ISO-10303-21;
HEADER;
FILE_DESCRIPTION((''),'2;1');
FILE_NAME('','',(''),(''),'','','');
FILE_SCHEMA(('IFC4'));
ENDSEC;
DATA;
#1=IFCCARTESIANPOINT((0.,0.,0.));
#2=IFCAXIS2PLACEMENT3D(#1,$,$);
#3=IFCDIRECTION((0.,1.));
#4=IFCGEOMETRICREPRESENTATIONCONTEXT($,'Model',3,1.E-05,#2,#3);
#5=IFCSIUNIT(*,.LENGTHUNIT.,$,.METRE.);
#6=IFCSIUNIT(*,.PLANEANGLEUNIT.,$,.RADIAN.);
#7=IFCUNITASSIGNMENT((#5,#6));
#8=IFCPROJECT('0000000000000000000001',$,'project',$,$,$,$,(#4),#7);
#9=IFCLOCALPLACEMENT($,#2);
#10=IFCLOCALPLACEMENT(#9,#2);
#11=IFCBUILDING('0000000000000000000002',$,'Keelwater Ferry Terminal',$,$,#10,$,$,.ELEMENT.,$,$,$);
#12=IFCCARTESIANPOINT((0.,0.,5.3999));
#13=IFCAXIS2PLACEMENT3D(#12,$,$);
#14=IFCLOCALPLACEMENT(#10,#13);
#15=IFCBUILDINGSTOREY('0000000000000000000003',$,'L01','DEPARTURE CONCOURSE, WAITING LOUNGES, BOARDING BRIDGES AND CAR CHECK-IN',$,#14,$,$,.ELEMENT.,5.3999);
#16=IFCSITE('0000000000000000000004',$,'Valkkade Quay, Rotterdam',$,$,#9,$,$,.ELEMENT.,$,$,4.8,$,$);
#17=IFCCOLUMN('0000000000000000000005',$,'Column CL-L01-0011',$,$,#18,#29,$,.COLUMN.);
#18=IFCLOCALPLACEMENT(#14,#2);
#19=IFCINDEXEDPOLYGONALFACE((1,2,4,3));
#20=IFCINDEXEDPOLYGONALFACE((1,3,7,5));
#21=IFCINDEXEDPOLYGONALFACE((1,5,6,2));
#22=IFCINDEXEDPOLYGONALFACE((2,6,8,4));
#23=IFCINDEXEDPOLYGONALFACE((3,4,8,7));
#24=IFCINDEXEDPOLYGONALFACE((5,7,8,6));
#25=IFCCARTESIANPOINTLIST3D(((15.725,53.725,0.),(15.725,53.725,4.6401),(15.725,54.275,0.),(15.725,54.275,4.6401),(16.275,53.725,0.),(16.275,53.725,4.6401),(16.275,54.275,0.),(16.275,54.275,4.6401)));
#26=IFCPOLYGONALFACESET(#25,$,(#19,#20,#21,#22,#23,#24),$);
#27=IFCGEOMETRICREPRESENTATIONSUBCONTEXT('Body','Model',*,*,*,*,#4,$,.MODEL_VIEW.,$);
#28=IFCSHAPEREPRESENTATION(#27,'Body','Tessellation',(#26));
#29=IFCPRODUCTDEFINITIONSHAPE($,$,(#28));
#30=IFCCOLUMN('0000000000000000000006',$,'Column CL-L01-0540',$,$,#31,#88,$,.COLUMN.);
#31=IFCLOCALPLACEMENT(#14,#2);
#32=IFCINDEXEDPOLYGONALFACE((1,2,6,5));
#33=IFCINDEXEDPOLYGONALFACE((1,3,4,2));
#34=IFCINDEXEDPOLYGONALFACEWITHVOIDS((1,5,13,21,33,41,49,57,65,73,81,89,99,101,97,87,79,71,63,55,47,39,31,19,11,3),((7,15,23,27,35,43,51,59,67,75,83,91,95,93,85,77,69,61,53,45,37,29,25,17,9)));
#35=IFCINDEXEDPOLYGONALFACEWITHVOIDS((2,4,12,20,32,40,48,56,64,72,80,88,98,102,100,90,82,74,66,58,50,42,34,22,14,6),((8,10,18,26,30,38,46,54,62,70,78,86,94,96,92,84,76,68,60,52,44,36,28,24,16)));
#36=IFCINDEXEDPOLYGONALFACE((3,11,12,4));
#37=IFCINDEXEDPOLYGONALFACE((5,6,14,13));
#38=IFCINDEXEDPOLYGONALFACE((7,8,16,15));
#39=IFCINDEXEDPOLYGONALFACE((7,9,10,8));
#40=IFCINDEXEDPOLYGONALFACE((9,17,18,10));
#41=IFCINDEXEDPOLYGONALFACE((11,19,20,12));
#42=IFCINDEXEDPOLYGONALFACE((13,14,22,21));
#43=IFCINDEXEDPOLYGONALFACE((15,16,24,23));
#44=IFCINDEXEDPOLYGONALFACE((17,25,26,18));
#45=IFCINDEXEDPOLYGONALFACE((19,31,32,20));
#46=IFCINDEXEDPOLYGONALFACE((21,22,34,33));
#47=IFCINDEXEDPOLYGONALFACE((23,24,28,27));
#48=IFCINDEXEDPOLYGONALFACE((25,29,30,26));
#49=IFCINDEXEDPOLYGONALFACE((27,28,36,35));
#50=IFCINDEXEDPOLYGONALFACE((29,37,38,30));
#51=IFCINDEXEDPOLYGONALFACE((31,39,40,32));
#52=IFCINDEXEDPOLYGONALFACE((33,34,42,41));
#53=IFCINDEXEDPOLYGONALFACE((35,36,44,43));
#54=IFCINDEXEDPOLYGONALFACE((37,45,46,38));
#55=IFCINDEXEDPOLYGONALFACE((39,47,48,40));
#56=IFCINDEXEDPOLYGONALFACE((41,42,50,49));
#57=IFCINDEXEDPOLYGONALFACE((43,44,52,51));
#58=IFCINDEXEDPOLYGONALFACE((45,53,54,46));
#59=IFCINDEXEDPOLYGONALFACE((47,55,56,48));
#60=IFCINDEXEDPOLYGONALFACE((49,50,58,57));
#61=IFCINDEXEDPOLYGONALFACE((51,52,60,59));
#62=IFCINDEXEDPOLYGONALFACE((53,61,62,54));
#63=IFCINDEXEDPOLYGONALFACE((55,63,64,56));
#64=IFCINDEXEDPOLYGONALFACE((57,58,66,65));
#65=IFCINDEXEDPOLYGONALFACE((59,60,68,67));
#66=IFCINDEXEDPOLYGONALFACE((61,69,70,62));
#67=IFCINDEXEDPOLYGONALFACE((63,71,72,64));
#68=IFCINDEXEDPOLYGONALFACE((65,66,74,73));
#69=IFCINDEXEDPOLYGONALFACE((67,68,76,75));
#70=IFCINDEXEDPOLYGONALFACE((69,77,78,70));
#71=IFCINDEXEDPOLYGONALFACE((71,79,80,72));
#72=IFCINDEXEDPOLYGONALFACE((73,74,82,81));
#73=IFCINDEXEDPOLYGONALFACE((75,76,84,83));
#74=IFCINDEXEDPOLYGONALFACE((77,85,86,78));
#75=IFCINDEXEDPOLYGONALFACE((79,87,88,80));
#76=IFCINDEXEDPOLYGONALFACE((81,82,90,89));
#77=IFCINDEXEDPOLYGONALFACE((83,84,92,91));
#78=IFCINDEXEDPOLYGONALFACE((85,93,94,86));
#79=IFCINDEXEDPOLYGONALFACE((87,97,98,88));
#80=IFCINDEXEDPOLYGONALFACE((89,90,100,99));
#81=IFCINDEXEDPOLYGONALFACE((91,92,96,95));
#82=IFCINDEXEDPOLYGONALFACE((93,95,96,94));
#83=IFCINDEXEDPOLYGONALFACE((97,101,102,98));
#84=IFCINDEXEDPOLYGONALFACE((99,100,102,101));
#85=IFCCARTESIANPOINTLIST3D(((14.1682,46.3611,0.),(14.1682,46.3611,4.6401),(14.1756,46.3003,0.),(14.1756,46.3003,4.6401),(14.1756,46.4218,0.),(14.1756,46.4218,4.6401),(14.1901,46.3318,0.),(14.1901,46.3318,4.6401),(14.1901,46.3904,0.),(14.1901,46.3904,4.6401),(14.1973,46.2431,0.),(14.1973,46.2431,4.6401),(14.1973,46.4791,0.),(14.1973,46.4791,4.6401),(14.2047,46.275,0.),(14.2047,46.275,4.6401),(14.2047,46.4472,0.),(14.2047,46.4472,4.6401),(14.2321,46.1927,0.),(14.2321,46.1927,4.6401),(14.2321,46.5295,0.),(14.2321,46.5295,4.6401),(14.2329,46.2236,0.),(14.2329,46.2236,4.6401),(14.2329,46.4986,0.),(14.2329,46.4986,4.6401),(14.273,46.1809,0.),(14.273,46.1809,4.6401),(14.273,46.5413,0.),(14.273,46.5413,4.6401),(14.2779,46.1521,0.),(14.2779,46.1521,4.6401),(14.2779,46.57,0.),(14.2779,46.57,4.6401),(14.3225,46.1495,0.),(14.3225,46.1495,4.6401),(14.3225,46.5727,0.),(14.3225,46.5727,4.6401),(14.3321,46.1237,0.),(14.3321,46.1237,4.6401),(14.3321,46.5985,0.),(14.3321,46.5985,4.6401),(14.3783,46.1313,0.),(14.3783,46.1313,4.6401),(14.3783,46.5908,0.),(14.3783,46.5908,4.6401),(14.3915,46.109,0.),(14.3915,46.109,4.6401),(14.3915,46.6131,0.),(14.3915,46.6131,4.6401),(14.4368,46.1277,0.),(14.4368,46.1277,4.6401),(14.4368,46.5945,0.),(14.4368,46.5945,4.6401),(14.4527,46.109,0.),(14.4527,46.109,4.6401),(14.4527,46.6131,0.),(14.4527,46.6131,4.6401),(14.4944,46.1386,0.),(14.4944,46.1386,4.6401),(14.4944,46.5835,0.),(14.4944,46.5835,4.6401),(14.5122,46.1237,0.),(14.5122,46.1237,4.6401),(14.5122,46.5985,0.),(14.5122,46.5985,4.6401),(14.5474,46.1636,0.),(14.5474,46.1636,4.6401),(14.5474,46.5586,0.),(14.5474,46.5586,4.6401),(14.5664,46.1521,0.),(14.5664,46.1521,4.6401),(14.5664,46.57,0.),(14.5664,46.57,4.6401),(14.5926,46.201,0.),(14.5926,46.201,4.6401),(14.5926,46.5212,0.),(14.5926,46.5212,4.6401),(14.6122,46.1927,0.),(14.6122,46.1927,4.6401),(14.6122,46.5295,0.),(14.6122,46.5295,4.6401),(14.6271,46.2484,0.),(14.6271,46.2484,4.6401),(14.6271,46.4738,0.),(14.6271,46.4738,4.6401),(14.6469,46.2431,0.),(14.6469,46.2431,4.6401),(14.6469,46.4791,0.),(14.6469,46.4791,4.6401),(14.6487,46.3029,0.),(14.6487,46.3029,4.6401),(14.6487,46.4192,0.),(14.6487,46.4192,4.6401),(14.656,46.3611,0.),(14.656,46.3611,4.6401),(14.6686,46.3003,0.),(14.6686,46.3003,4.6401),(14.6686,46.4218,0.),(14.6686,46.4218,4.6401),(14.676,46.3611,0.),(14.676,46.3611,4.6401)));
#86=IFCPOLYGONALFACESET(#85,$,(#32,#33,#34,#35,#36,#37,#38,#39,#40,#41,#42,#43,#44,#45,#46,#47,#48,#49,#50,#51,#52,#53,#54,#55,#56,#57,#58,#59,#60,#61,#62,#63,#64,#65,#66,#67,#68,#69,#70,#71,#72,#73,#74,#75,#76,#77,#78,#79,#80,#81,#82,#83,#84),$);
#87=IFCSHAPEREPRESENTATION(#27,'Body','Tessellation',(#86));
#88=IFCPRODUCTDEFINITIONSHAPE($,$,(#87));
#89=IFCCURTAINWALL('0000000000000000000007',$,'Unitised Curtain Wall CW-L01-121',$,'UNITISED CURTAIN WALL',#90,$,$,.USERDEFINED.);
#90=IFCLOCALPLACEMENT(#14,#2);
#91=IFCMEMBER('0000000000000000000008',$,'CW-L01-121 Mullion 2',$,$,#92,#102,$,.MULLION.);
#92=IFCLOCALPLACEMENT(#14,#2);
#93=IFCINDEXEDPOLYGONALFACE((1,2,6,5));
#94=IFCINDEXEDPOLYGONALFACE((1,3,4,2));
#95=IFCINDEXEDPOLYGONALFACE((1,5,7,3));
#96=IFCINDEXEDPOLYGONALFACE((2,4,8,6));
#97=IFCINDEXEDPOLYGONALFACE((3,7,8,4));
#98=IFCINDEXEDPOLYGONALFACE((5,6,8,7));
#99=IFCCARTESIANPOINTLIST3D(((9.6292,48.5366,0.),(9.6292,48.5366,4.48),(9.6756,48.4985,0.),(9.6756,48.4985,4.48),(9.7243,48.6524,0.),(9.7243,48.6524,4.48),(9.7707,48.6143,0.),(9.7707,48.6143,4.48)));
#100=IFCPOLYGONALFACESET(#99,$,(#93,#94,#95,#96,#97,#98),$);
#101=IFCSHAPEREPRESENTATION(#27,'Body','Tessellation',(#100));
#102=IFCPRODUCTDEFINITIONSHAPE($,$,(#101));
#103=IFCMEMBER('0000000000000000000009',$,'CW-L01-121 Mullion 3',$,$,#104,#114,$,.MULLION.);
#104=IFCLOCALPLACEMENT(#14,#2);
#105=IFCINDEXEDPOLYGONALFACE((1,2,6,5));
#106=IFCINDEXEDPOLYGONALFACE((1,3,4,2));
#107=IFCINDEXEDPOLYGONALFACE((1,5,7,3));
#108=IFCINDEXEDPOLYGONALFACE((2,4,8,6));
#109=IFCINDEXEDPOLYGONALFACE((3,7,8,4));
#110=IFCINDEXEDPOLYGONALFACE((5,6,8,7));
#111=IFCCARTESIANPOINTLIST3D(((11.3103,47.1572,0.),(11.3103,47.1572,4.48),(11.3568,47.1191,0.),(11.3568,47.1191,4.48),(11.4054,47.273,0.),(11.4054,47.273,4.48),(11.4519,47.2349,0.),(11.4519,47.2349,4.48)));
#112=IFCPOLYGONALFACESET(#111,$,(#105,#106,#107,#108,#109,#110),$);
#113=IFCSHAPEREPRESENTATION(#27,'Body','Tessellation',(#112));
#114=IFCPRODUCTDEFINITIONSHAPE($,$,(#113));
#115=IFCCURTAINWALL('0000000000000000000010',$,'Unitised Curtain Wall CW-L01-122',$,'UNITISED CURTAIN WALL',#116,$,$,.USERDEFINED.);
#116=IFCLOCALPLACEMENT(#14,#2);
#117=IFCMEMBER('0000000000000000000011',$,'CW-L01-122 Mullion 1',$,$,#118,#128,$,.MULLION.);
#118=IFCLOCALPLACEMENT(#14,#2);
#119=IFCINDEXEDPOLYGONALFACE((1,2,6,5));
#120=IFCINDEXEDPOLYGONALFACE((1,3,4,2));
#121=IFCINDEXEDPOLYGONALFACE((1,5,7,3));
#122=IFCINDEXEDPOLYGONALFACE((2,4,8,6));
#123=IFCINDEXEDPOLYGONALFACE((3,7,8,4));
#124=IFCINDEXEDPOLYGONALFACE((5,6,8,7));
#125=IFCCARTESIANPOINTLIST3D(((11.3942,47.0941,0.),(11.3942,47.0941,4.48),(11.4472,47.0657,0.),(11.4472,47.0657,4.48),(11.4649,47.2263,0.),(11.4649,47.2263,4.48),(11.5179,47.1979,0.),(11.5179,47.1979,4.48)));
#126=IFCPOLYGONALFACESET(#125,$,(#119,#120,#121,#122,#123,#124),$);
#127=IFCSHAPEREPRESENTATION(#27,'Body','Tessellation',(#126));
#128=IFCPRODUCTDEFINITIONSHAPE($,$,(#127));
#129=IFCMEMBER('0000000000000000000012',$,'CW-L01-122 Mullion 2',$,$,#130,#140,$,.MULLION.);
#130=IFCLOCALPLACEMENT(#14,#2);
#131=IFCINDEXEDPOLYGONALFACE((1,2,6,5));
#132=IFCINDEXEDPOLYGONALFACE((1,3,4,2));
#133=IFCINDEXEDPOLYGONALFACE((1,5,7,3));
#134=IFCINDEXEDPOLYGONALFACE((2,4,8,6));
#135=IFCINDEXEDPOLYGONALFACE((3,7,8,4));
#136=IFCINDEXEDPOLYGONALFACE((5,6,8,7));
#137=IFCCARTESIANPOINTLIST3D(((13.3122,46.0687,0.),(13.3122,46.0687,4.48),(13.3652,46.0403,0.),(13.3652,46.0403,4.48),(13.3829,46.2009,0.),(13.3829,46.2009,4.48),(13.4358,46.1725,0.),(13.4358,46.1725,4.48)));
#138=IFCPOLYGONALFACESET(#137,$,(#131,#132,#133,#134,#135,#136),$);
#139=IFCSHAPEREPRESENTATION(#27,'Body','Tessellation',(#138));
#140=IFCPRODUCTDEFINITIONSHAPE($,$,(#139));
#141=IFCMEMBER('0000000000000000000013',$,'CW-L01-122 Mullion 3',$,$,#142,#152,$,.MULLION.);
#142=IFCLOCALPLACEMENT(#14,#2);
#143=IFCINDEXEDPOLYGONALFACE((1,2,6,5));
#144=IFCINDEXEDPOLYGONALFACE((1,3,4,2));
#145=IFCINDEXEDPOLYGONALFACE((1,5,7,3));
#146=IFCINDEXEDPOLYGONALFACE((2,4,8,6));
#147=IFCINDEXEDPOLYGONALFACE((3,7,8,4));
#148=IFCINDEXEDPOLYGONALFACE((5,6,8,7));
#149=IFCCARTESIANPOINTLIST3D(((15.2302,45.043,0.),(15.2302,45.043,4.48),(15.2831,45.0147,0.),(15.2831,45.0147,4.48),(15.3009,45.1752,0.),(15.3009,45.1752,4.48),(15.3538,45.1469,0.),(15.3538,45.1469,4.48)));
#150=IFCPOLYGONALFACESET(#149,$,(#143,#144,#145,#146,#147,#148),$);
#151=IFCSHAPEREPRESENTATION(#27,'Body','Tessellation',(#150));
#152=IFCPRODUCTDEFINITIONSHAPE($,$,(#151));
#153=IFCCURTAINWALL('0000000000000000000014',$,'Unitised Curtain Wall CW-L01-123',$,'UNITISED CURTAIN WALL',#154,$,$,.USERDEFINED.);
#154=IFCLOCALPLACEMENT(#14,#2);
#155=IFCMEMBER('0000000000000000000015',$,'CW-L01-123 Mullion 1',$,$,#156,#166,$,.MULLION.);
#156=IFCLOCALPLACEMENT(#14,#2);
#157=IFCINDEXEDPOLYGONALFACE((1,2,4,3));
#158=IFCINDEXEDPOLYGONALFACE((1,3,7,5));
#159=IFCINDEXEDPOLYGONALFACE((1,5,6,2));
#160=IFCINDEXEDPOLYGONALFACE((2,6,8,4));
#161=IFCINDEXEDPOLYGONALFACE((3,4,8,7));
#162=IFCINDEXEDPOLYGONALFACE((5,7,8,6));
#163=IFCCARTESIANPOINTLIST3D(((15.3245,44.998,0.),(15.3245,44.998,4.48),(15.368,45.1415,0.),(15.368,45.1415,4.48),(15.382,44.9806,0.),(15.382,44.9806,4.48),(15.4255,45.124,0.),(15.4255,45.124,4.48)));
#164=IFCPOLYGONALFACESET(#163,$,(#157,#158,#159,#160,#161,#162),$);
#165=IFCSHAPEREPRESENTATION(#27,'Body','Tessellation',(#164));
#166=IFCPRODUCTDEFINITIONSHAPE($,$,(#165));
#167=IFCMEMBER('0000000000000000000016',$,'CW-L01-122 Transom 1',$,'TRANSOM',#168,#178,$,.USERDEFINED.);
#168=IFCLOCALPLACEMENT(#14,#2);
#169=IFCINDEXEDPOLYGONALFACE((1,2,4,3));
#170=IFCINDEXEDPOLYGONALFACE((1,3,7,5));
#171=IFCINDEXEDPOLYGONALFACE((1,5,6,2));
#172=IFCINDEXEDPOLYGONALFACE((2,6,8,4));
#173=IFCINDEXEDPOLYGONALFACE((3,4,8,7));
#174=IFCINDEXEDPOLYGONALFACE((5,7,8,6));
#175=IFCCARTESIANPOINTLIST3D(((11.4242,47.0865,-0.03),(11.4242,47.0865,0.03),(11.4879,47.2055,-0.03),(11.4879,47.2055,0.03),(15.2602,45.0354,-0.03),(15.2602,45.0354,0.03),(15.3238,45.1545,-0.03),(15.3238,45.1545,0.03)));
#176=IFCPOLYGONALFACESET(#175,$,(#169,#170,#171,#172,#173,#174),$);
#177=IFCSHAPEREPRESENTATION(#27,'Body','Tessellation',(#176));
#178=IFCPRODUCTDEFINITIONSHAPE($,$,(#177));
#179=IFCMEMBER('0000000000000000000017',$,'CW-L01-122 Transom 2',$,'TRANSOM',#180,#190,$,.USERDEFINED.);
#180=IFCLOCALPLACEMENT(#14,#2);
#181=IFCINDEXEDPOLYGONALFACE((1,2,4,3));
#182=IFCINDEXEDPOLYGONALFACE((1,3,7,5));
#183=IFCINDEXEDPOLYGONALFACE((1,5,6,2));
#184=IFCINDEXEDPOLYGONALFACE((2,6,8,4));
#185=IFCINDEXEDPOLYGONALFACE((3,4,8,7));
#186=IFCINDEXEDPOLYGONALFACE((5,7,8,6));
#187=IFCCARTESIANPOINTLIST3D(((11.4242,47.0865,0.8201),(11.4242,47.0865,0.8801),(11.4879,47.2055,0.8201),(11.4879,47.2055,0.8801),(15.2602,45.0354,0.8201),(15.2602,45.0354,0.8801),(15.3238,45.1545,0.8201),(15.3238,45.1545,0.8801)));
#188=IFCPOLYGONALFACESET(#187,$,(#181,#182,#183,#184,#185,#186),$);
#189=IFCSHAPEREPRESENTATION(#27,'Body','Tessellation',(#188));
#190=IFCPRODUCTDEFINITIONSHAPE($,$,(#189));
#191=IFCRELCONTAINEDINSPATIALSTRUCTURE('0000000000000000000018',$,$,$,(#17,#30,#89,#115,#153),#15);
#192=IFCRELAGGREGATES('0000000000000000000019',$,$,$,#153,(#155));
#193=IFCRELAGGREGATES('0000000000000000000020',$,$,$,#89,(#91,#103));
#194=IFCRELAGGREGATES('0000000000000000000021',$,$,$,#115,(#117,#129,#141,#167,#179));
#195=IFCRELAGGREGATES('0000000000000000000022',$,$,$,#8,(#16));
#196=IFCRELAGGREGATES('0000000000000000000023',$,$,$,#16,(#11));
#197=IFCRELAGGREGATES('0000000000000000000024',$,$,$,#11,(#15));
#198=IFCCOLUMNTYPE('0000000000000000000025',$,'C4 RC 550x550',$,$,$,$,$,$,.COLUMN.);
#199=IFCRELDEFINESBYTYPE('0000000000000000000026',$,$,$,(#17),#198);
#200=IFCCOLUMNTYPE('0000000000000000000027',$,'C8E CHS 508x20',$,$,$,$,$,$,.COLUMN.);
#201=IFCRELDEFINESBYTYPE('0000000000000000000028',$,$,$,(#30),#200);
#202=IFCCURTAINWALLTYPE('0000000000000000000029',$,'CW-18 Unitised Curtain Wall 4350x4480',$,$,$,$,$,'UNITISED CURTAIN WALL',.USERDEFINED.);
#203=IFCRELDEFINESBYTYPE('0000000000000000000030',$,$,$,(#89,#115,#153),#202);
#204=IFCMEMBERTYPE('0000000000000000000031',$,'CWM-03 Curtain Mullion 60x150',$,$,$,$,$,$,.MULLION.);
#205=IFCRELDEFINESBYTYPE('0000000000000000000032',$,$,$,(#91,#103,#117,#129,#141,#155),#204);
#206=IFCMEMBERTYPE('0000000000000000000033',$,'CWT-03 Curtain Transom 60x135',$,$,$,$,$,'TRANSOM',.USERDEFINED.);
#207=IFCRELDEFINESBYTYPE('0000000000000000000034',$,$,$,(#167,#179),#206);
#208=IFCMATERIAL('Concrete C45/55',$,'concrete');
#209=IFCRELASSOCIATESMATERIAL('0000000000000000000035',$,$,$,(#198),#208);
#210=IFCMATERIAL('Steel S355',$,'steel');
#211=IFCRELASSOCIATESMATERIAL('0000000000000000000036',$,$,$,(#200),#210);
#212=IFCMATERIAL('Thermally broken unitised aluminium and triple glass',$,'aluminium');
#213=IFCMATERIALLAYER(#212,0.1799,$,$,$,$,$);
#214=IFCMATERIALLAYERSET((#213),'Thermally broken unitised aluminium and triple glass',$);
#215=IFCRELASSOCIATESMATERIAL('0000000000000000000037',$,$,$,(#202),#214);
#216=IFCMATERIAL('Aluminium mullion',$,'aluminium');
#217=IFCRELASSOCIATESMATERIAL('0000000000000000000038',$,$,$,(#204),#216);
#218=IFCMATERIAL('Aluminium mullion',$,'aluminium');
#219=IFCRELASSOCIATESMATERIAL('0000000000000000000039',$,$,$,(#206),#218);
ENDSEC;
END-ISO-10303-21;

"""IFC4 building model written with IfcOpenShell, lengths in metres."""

from ifc_helpers import new_model, si_unit, direction, frame, origin, origin_2d, place, context, subcontext, project, spatial, rectangle, hollow_circle, extrude, material, layer, layer_set, material_profile, profile_set, type_object, element, aggregate, save


model = new_model("IFC4")

# Units and contexts
model_context = context("Model", 3, precision=1e-05, world=origin(), true_north=direction((0.0, 1.0)))
body_context = subcontext(model_context, "Body", "Model", "MODEL_VIEW")
ifc_project = project(units=[si_unit("LENGTHUNIT", "METRE"), si_unit("PLANEANGLEUNIT", "RADIAN")], contexts=[model_context])

# Site, building, storey
site_placement = place(None, origin())
site = spatial("IfcSite", under=ifc_project, at=site_placement, Name="Valkkade Quay, Rotterdam", CompositionType="ELEMENT", RefElevation=4.8)
building_placement = place(site_placement, origin())
building = spatial("IfcBuilding", under=site, at=building_placement, Name="Keelwater Ferry Terminal", CompositionType="ELEMENT")
storey_placement = place(building_placement, frame((0.0, 0.0, 5.3999)))
storey = spatial("IfcBuildingStorey", under=building, at=storey_placement, Name="L01", Description="DEPARTURE CONCOURSE, WAITING LOUNGES, BOARDING BRIDGES AND CAR CHECK-IN", CompositionType="ELEMENT", Elevation=5.3999)

# Columns
ifc_material_1 = material(Name="Concrete C45/55", Category="concrete")
ifc_material_profile_1 = material_profile(ifc_material_1, rectangle(XDim=0.55, YDim=0.55, at=origin_2d()), Name="RC 550x550")
ifc_profile_set_1 = profile_set([ifc_material_profile_1], Name="Concrete C45/55")
column_type_1 = type_object("IfcColumnType", Name="C4 RC 550x550", PredefinedType="COLUMN", material=ifc_profile_set_1)
column_1_placement = place(storey_placement, frame((16.0, 54.0, 0.0), z_axis=(0.0, 0.0, 1.0), x_axis=(1.0, 0.0, 0.0)))
element("IfcColumn", 1, at=column_1_placement, inside=storey, type_object=column_type_1, Name="Column CL-L01-0011", PredefinedType="COLUMN", context=body_context, shape_type="SweptSolid", body=[
    extrude(rectangle(XDim=0.55, YDim=0.55, at=origin_2d()), origin(), (0.0, 0.0, 1.0), 4.6401),
])
ifc_material_2 = material(Name="Steel S355", Category="steel")
ifc_material_profile_2 = material_profile(ifc_material_2, hollow_circle(Radius=0.2539, WallThickness=0.02, at=origin_2d()), Name="CHS 508x20")
ifc_profile_set_2 = profile_set([ifc_material_profile_2], Name="Steel S355")
column_type_2 = type_object("IfcColumnType", Name="C8E CHS 508x20", PredefinedType="COLUMN", material=ifc_profile_set_2)
column_2_placement = place(storey_placement, frame((14.4221, 46.3611, 0.0), z_axis=(0.0, 0.0, 1.0), x_axis=(1.0, 0.0, 0.0)))
element("IfcColumn", 2, at=column_2_placement, inside=storey, type_object=column_type_2, Name="Column CL-L01-0540", PredefinedType="COLUMN", context=body_context, shape_type="SweptSolid", body=[
    extrude(hollow_circle(Radius=0.2539, WallThickness=0.02, at=origin_2d()), origin(), (0.0, 0.0, 1.0), 4.6401),
])

# Curtain walls, members
ifc_material_3 = material(Name="Thermally broken unitised aluminium and triple glass", Category="aluminium")
ifc_layer_1 = layer(ifc_material_3, 0.1799)
ifc_layer_set_1 = layer_set([ifc_layer_1], Name="Thermally broken unitised aluminium and triple glass")
curtain_wall_type = type_object("IfcCurtainWallType", Name="CW-18 Unitised Curtain Wall 4350x4480", ElementType="UNITISED CURTAIN WALL", PredefinedType="USERDEFINED", material=ifc_layer_set_1)
curtain_wall_1_placement = place(storey_placement, origin())
curtain_wall_1 = element("IfcCurtainWall", 3, at=curtain_wall_1_placement, inside=storey, type_object=curtain_wall_type, Name="Unitised Curtain Wall CW-L01-121", ObjectType="UNITISED CURTAIN WALL", PredefinedType="USERDEFINED")
ifc_material_4 = material(Name="Aluminium mullion", Category="aluminium")
ifc_material_profile_3 = material_profile(ifc_material_4, rectangle(XDim=0.0601, YDim=0.1499, at=origin_2d()), Name="CWM-03")
ifc_profile_set_3 = profile_set([ifc_material_profile_3], Name="Aluminium mullion")
member_type_1 = type_object("IfcMemberType", Name="CWM-03 Curtain Mullion 60x150", PredefinedType="MULLION", material=ifc_profile_set_3)
member_1_placement = place(storey_placement, frame((9.7, 48.5754, 0.0), z_axis=(0.0, 0.0, 1.0), x_axis=(0.773024, -0.634377, 0.0)))
member_1 = element("IfcMember", 4, at=member_1_placement, type_object=member_type_1, Name="CW-L01-121 Mullion 2", PredefinedType="MULLION", context=body_context, shape_type="SweptSolid", body=[
    extrude(rectangle(XDim=0.0601, YDim=0.1499, at=origin_2d()), origin(), (0.0, 0.0, 1.0), 4.48),
])
member_2_placement = place(storey_placement, frame((11.3811, 47.196, 0.0), z_axis=(0.0, 0.0, 1.0), x_axis=(0.773024, -0.634377, 0.0)))
member_2 = element("IfcMember", 5, at=member_2_placement, type_object=member_type_1, Name="CW-L01-121 Mullion 3", PredefinedType="MULLION", context=body_context, shape_type="SweptSolid", body=[
    extrude(rectangle(XDim=0.0601, YDim=0.1499, at=origin_2d()), origin(), (0.0, 0.0, 1.0), 4.48),
])
curtain_wall_2_placement = place(storey_placement, origin())
curtain_wall_2 = element("IfcCurtainWall", 6, at=curtain_wall_2_placement, inside=storey, type_object=curtain_wall_type, Name="Unitised Curtain Wall CW-L01-122", ObjectType="UNITISED CURTAIN WALL", PredefinedType="USERDEFINED")
member_3_placement = place(storey_placement, frame((11.4561, 47.146, 0.0), z_axis=(0.0, 0.0, 1.0), x_axis=(0.881862, -0.471507, 0.0)))
member_3 = element("IfcMember", 7, at=member_3_placement, type_object=member_type_1, Name="CW-L01-122 Mullion 1", PredefinedType="MULLION", context=body_context, shape_type="SweptSolid", body=[
    extrude(rectangle(XDim=0.0601, YDim=0.1499, at=origin_2d()), origin(), (0.0, 0.0, 1.0), 4.48),
])
member_4_placement = place(storey_placement, frame((13.374, 46.1206, 0.0), z_axis=(0.0, 0.0, 1.0), x_axis=(0.881862, -0.471507, 0.0)))
member_4 = element("IfcMember", 8, at=member_4_placement, type_object=member_type_1, Name="CW-L01-122 Mullion 2", PredefinedType="MULLION", context=body_context, shape_type="SweptSolid", body=[
    extrude(rectangle(XDim=0.0601, YDim=0.1499, at=origin_2d()), origin(), (0.0, 0.0, 1.0), 4.48),
])
member_5_placement = place(storey_placement, frame((15.292, 45.095, 0.0), z_axis=(0.0, 0.0, 1.0), x_axis=(0.881862, -0.471507, 0.0)))
member_5 = element("IfcMember", 9, at=member_5_placement, type_object=member_type_1, Name="CW-L01-122 Mullion 3", PredefinedType="MULLION", context=body_context, shape_type="SweptSolid", body=[
    extrude(rectangle(XDim=0.0601, YDim=0.1499, at=origin_2d()), origin(), (0.0, 0.0, 1.0), 4.48),
])

# Curtain wall, member
curtain_wall_3_placement = place(storey_placement, origin())
curtain_wall_3 = element("IfcCurtainWall", 10, at=curtain_wall_3_placement, inside=storey, type_object=curtain_wall_type, Name="Unitised Curtain Wall CW-L01-123", ObjectType="UNITISED CURTAIN WALL", PredefinedType="USERDEFINED")
member_6_placement = place(storey_placement, frame((15.375, 45.061, 0.0), z_axis=(0.0, 0.0, 1.0), x_axis=(0.95693, -0.29032, 0.0)))
member_6 = element("IfcMember", 11, at=member_6_placement, type_object=member_type_1, Name="CW-L01-123 Mullion 1", PredefinedType="MULLION", context=body_context, shape_type="SweptSolid", body=[
    extrude(rectangle(XDim=0.0601, YDim=0.1499, at=origin_2d()), origin(), (0.0, 0.0, 1.0), 4.48),
])

# Members
ifc_material_5 = material(Name="Aluminium mullion", Category="aluminium")
ifc_material_profile_4 = material_profile(ifc_material_5, rectangle(XDim=0.135, YDim=0.0601, at=origin_2d()), Name="CWT-03")
ifc_profile_set_4 = profile_set([ifc_material_profile_4], Name="Aluminium mullion")
member_type_2 = type_object("IfcMemberType", Name="CWT-03 Curtain Transom 60x135", ElementType="TRANSOM", PredefinedType="USERDEFINED", material=ifc_profile_set_4)
member_7_placement = place(storey_placement, frame((11.4561, 47.146, 0.0), z_axis=(0.881857, -0.471517, 0.0), x_axis=(0.471517, 0.881857, 0.0)))
member_7 = element("IfcMember", 12, at=member_7_placement, type_object=member_type_2, Name="CW-L01-122 Transom 1", ObjectType="TRANSOM", PredefinedType="USERDEFINED", context=body_context, shape_type="SweptSolid", body=[
    extrude(rectangle(XDim=0.135, YDim=0.0601, at=origin_2d()), origin(), (0.0, 0.0, 1.0), 4.3499),
])
member_8_placement = place(storey_placement, frame((11.4561, 47.146, 0.8501), z_axis=(0.881857, -0.471517, 0.0), x_axis=(0.471517, 0.881857, 0.0)))
member_8 = element("IfcMember", 13, at=member_8_placement, type_object=member_type_2, Name="CW-L01-122 Transom 2", ObjectType="TRANSOM", PredefinedType="USERDEFINED", context=body_context, shape_type="SweptSolid", body=[
    extrude(rectangle(XDim=0.135, YDim=0.0601, at=origin_2d()), origin(), (0.0, 0.0, 1.0), 4.3499),
])
aggregate(curtain_wall_3, [member_6])

aggregate(curtain_wall_1, [member_1, member_2])
aggregate(curtain_wall_2, [member_3, member_4, member_5, member_7, member_8])

save(model, "model.ifc")
